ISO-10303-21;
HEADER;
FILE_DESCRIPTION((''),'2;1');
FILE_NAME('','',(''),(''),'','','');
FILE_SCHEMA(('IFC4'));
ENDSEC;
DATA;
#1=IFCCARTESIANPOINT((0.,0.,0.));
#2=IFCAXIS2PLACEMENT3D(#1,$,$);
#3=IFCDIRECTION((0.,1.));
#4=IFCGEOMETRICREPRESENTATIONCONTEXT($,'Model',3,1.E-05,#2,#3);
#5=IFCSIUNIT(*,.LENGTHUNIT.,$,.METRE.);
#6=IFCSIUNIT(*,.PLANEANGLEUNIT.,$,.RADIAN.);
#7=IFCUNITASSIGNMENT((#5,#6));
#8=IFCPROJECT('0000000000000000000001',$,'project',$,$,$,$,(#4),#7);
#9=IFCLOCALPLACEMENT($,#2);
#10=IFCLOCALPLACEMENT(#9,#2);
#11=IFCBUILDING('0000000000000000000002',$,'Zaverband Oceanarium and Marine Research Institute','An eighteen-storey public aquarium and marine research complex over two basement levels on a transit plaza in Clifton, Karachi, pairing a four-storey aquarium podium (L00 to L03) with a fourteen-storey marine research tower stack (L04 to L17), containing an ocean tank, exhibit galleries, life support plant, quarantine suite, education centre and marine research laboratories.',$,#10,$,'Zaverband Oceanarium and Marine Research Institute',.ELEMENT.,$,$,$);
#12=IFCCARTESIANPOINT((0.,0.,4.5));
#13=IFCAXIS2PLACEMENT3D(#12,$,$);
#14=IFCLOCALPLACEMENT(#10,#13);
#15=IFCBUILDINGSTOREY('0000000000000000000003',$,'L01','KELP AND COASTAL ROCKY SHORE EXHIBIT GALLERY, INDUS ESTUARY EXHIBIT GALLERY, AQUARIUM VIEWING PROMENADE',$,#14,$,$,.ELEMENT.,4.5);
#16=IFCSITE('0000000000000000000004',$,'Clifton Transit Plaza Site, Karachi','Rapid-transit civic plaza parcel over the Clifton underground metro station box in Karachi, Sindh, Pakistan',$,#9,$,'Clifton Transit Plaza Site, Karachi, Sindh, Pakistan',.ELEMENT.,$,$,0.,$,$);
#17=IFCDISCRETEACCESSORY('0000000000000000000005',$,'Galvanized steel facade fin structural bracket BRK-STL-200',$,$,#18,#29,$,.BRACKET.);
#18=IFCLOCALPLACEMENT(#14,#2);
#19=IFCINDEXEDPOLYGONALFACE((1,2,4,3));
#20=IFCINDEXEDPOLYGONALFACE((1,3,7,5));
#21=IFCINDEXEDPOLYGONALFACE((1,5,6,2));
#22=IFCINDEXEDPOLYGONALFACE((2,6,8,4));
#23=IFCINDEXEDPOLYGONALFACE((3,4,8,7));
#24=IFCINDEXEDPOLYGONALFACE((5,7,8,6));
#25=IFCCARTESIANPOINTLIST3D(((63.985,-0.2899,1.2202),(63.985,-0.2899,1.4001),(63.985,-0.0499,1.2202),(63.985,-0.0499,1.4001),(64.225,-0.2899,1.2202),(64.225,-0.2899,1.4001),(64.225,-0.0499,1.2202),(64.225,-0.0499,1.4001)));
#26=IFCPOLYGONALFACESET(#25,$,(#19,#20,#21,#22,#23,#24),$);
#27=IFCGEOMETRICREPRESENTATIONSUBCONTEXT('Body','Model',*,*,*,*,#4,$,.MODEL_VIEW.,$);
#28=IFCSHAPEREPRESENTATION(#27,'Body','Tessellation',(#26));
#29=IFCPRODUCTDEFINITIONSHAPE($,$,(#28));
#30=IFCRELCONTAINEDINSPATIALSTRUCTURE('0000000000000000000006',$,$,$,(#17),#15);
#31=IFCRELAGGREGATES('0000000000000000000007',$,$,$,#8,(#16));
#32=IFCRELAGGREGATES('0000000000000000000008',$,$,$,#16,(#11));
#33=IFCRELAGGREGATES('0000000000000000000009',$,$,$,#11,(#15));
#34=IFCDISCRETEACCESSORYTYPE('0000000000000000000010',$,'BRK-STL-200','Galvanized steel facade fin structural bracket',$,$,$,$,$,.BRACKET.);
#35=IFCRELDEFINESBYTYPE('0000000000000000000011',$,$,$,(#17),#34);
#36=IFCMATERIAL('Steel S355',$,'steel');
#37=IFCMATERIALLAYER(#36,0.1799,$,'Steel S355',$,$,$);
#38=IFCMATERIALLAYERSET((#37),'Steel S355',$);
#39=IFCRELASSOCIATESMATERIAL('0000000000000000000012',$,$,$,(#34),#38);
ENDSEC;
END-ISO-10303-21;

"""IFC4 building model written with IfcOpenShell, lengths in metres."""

from ifc_helpers import new_model, si_unit, direction, frame, origin, origin_2d, place, context, subcontext, project, spatial, rectangle, extrude, material, layer, layer_set, type_object, element, save


model = new_model("IFC4")

# Units and contexts
model_context = context("Model", 3, precision=1e-05, world=origin(), true_north=direction((0.0, 1.0)))
body_context = subcontext(model_context, "Body", "Model", "MODEL_VIEW")
ifc_project = project(units=[si_unit("LENGTHUNIT", "METRE"), si_unit("PLANEANGLEUNIT", "RADIAN")], contexts=[model_context])

# Site, building, storey
site_placement = place(None, origin())
site = spatial("IfcSite", under=ifc_project, at=site_placement, Name="Clifton Transit Plaza Site, Karachi", Description="Rapid-transit civic plaza parcel over the Clifton underground metro station box in Karachi, Sindh, Pakistan", LongName="Clifton Transit Plaza Site, Karachi, Sindh, Pakistan", CompositionType="ELEMENT", RefElevation=0.0)
building_placement = place(site_placement, origin())
building = spatial("IfcBuilding", under=site, at=building_placement, Name="Zaverband Oceanarium and Marine Research Institute", Description="An eighteen-storey public aquarium and marine research complex over two basement levels on a transit plaza in Clifton, Karachi, pairing a four-storey aquarium podium (L00 to L03) with a fourteen-storey marine research tower stack (L04 to L17), containing an ocean tank, exhibit galleries, life support plant, quarantine suite, education centre and marine research laboratories.", LongName="Zaverband Oceanarium and Marine Research Institute", CompositionType="ELEMENT")
storey_placement = place(building_placement, frame((0.0, 0.0, 4.5)))
storey = spatial("IfcBuildingStorey", under=building, at=storey_placement, Name="L01", Description="KELP AND COASTAL ROCKY SHORE EXHIBIT GALLERY, INDUS ESTUARY EXHIBIT GALLERY, AQUARIUM VIEWING PROMENADE", CompositionType="ELEMENT", Elevation=4.5)

# Discrete accessory
ifc_material_1 = material(Name="Steel S355", Category="steel")
ifc_layer_1 = layer(ifc_material_1, 0.1799, Name="Steel S355")
ifc_layer_set_1 = layer_set([ifc_layer_1], Name="Steel S355")
discrete_accessory_type = type_object("IfcDiscreteAccessoryType", Name="BRK-STL-200", Description="Galvanized steel facade fin structural bracket", PredefinedType="BRACKET", material=ifc_layer_set_1)
for number, where, z_axis, x_axis, name in (
    (1, (64.105, -0.1699, 1.2202), (0.0, 0.0, 1.0), (1.0, 0.0, 0.0), "Galvanized steel facade fin structural bracket BRK-STL-200"),
):
    element("IfcDiscreteAccessory", number, at=place(storey_placement, frame(where, z_axis=z_axis, x_axis=x_axis)), inside=storey, type_object=discrete_accessory_type, Name=name, PredefinedType="BRACKET", context=body_context, shape_type="SweptSolid", body=[
        extrude(rectangle(XDim=0.24, YDim=0.24, at=origin_2d()), origin(), (0.0, 0.0, 1.0), 0.1799),
    ])

save(model, "model.ifc")
